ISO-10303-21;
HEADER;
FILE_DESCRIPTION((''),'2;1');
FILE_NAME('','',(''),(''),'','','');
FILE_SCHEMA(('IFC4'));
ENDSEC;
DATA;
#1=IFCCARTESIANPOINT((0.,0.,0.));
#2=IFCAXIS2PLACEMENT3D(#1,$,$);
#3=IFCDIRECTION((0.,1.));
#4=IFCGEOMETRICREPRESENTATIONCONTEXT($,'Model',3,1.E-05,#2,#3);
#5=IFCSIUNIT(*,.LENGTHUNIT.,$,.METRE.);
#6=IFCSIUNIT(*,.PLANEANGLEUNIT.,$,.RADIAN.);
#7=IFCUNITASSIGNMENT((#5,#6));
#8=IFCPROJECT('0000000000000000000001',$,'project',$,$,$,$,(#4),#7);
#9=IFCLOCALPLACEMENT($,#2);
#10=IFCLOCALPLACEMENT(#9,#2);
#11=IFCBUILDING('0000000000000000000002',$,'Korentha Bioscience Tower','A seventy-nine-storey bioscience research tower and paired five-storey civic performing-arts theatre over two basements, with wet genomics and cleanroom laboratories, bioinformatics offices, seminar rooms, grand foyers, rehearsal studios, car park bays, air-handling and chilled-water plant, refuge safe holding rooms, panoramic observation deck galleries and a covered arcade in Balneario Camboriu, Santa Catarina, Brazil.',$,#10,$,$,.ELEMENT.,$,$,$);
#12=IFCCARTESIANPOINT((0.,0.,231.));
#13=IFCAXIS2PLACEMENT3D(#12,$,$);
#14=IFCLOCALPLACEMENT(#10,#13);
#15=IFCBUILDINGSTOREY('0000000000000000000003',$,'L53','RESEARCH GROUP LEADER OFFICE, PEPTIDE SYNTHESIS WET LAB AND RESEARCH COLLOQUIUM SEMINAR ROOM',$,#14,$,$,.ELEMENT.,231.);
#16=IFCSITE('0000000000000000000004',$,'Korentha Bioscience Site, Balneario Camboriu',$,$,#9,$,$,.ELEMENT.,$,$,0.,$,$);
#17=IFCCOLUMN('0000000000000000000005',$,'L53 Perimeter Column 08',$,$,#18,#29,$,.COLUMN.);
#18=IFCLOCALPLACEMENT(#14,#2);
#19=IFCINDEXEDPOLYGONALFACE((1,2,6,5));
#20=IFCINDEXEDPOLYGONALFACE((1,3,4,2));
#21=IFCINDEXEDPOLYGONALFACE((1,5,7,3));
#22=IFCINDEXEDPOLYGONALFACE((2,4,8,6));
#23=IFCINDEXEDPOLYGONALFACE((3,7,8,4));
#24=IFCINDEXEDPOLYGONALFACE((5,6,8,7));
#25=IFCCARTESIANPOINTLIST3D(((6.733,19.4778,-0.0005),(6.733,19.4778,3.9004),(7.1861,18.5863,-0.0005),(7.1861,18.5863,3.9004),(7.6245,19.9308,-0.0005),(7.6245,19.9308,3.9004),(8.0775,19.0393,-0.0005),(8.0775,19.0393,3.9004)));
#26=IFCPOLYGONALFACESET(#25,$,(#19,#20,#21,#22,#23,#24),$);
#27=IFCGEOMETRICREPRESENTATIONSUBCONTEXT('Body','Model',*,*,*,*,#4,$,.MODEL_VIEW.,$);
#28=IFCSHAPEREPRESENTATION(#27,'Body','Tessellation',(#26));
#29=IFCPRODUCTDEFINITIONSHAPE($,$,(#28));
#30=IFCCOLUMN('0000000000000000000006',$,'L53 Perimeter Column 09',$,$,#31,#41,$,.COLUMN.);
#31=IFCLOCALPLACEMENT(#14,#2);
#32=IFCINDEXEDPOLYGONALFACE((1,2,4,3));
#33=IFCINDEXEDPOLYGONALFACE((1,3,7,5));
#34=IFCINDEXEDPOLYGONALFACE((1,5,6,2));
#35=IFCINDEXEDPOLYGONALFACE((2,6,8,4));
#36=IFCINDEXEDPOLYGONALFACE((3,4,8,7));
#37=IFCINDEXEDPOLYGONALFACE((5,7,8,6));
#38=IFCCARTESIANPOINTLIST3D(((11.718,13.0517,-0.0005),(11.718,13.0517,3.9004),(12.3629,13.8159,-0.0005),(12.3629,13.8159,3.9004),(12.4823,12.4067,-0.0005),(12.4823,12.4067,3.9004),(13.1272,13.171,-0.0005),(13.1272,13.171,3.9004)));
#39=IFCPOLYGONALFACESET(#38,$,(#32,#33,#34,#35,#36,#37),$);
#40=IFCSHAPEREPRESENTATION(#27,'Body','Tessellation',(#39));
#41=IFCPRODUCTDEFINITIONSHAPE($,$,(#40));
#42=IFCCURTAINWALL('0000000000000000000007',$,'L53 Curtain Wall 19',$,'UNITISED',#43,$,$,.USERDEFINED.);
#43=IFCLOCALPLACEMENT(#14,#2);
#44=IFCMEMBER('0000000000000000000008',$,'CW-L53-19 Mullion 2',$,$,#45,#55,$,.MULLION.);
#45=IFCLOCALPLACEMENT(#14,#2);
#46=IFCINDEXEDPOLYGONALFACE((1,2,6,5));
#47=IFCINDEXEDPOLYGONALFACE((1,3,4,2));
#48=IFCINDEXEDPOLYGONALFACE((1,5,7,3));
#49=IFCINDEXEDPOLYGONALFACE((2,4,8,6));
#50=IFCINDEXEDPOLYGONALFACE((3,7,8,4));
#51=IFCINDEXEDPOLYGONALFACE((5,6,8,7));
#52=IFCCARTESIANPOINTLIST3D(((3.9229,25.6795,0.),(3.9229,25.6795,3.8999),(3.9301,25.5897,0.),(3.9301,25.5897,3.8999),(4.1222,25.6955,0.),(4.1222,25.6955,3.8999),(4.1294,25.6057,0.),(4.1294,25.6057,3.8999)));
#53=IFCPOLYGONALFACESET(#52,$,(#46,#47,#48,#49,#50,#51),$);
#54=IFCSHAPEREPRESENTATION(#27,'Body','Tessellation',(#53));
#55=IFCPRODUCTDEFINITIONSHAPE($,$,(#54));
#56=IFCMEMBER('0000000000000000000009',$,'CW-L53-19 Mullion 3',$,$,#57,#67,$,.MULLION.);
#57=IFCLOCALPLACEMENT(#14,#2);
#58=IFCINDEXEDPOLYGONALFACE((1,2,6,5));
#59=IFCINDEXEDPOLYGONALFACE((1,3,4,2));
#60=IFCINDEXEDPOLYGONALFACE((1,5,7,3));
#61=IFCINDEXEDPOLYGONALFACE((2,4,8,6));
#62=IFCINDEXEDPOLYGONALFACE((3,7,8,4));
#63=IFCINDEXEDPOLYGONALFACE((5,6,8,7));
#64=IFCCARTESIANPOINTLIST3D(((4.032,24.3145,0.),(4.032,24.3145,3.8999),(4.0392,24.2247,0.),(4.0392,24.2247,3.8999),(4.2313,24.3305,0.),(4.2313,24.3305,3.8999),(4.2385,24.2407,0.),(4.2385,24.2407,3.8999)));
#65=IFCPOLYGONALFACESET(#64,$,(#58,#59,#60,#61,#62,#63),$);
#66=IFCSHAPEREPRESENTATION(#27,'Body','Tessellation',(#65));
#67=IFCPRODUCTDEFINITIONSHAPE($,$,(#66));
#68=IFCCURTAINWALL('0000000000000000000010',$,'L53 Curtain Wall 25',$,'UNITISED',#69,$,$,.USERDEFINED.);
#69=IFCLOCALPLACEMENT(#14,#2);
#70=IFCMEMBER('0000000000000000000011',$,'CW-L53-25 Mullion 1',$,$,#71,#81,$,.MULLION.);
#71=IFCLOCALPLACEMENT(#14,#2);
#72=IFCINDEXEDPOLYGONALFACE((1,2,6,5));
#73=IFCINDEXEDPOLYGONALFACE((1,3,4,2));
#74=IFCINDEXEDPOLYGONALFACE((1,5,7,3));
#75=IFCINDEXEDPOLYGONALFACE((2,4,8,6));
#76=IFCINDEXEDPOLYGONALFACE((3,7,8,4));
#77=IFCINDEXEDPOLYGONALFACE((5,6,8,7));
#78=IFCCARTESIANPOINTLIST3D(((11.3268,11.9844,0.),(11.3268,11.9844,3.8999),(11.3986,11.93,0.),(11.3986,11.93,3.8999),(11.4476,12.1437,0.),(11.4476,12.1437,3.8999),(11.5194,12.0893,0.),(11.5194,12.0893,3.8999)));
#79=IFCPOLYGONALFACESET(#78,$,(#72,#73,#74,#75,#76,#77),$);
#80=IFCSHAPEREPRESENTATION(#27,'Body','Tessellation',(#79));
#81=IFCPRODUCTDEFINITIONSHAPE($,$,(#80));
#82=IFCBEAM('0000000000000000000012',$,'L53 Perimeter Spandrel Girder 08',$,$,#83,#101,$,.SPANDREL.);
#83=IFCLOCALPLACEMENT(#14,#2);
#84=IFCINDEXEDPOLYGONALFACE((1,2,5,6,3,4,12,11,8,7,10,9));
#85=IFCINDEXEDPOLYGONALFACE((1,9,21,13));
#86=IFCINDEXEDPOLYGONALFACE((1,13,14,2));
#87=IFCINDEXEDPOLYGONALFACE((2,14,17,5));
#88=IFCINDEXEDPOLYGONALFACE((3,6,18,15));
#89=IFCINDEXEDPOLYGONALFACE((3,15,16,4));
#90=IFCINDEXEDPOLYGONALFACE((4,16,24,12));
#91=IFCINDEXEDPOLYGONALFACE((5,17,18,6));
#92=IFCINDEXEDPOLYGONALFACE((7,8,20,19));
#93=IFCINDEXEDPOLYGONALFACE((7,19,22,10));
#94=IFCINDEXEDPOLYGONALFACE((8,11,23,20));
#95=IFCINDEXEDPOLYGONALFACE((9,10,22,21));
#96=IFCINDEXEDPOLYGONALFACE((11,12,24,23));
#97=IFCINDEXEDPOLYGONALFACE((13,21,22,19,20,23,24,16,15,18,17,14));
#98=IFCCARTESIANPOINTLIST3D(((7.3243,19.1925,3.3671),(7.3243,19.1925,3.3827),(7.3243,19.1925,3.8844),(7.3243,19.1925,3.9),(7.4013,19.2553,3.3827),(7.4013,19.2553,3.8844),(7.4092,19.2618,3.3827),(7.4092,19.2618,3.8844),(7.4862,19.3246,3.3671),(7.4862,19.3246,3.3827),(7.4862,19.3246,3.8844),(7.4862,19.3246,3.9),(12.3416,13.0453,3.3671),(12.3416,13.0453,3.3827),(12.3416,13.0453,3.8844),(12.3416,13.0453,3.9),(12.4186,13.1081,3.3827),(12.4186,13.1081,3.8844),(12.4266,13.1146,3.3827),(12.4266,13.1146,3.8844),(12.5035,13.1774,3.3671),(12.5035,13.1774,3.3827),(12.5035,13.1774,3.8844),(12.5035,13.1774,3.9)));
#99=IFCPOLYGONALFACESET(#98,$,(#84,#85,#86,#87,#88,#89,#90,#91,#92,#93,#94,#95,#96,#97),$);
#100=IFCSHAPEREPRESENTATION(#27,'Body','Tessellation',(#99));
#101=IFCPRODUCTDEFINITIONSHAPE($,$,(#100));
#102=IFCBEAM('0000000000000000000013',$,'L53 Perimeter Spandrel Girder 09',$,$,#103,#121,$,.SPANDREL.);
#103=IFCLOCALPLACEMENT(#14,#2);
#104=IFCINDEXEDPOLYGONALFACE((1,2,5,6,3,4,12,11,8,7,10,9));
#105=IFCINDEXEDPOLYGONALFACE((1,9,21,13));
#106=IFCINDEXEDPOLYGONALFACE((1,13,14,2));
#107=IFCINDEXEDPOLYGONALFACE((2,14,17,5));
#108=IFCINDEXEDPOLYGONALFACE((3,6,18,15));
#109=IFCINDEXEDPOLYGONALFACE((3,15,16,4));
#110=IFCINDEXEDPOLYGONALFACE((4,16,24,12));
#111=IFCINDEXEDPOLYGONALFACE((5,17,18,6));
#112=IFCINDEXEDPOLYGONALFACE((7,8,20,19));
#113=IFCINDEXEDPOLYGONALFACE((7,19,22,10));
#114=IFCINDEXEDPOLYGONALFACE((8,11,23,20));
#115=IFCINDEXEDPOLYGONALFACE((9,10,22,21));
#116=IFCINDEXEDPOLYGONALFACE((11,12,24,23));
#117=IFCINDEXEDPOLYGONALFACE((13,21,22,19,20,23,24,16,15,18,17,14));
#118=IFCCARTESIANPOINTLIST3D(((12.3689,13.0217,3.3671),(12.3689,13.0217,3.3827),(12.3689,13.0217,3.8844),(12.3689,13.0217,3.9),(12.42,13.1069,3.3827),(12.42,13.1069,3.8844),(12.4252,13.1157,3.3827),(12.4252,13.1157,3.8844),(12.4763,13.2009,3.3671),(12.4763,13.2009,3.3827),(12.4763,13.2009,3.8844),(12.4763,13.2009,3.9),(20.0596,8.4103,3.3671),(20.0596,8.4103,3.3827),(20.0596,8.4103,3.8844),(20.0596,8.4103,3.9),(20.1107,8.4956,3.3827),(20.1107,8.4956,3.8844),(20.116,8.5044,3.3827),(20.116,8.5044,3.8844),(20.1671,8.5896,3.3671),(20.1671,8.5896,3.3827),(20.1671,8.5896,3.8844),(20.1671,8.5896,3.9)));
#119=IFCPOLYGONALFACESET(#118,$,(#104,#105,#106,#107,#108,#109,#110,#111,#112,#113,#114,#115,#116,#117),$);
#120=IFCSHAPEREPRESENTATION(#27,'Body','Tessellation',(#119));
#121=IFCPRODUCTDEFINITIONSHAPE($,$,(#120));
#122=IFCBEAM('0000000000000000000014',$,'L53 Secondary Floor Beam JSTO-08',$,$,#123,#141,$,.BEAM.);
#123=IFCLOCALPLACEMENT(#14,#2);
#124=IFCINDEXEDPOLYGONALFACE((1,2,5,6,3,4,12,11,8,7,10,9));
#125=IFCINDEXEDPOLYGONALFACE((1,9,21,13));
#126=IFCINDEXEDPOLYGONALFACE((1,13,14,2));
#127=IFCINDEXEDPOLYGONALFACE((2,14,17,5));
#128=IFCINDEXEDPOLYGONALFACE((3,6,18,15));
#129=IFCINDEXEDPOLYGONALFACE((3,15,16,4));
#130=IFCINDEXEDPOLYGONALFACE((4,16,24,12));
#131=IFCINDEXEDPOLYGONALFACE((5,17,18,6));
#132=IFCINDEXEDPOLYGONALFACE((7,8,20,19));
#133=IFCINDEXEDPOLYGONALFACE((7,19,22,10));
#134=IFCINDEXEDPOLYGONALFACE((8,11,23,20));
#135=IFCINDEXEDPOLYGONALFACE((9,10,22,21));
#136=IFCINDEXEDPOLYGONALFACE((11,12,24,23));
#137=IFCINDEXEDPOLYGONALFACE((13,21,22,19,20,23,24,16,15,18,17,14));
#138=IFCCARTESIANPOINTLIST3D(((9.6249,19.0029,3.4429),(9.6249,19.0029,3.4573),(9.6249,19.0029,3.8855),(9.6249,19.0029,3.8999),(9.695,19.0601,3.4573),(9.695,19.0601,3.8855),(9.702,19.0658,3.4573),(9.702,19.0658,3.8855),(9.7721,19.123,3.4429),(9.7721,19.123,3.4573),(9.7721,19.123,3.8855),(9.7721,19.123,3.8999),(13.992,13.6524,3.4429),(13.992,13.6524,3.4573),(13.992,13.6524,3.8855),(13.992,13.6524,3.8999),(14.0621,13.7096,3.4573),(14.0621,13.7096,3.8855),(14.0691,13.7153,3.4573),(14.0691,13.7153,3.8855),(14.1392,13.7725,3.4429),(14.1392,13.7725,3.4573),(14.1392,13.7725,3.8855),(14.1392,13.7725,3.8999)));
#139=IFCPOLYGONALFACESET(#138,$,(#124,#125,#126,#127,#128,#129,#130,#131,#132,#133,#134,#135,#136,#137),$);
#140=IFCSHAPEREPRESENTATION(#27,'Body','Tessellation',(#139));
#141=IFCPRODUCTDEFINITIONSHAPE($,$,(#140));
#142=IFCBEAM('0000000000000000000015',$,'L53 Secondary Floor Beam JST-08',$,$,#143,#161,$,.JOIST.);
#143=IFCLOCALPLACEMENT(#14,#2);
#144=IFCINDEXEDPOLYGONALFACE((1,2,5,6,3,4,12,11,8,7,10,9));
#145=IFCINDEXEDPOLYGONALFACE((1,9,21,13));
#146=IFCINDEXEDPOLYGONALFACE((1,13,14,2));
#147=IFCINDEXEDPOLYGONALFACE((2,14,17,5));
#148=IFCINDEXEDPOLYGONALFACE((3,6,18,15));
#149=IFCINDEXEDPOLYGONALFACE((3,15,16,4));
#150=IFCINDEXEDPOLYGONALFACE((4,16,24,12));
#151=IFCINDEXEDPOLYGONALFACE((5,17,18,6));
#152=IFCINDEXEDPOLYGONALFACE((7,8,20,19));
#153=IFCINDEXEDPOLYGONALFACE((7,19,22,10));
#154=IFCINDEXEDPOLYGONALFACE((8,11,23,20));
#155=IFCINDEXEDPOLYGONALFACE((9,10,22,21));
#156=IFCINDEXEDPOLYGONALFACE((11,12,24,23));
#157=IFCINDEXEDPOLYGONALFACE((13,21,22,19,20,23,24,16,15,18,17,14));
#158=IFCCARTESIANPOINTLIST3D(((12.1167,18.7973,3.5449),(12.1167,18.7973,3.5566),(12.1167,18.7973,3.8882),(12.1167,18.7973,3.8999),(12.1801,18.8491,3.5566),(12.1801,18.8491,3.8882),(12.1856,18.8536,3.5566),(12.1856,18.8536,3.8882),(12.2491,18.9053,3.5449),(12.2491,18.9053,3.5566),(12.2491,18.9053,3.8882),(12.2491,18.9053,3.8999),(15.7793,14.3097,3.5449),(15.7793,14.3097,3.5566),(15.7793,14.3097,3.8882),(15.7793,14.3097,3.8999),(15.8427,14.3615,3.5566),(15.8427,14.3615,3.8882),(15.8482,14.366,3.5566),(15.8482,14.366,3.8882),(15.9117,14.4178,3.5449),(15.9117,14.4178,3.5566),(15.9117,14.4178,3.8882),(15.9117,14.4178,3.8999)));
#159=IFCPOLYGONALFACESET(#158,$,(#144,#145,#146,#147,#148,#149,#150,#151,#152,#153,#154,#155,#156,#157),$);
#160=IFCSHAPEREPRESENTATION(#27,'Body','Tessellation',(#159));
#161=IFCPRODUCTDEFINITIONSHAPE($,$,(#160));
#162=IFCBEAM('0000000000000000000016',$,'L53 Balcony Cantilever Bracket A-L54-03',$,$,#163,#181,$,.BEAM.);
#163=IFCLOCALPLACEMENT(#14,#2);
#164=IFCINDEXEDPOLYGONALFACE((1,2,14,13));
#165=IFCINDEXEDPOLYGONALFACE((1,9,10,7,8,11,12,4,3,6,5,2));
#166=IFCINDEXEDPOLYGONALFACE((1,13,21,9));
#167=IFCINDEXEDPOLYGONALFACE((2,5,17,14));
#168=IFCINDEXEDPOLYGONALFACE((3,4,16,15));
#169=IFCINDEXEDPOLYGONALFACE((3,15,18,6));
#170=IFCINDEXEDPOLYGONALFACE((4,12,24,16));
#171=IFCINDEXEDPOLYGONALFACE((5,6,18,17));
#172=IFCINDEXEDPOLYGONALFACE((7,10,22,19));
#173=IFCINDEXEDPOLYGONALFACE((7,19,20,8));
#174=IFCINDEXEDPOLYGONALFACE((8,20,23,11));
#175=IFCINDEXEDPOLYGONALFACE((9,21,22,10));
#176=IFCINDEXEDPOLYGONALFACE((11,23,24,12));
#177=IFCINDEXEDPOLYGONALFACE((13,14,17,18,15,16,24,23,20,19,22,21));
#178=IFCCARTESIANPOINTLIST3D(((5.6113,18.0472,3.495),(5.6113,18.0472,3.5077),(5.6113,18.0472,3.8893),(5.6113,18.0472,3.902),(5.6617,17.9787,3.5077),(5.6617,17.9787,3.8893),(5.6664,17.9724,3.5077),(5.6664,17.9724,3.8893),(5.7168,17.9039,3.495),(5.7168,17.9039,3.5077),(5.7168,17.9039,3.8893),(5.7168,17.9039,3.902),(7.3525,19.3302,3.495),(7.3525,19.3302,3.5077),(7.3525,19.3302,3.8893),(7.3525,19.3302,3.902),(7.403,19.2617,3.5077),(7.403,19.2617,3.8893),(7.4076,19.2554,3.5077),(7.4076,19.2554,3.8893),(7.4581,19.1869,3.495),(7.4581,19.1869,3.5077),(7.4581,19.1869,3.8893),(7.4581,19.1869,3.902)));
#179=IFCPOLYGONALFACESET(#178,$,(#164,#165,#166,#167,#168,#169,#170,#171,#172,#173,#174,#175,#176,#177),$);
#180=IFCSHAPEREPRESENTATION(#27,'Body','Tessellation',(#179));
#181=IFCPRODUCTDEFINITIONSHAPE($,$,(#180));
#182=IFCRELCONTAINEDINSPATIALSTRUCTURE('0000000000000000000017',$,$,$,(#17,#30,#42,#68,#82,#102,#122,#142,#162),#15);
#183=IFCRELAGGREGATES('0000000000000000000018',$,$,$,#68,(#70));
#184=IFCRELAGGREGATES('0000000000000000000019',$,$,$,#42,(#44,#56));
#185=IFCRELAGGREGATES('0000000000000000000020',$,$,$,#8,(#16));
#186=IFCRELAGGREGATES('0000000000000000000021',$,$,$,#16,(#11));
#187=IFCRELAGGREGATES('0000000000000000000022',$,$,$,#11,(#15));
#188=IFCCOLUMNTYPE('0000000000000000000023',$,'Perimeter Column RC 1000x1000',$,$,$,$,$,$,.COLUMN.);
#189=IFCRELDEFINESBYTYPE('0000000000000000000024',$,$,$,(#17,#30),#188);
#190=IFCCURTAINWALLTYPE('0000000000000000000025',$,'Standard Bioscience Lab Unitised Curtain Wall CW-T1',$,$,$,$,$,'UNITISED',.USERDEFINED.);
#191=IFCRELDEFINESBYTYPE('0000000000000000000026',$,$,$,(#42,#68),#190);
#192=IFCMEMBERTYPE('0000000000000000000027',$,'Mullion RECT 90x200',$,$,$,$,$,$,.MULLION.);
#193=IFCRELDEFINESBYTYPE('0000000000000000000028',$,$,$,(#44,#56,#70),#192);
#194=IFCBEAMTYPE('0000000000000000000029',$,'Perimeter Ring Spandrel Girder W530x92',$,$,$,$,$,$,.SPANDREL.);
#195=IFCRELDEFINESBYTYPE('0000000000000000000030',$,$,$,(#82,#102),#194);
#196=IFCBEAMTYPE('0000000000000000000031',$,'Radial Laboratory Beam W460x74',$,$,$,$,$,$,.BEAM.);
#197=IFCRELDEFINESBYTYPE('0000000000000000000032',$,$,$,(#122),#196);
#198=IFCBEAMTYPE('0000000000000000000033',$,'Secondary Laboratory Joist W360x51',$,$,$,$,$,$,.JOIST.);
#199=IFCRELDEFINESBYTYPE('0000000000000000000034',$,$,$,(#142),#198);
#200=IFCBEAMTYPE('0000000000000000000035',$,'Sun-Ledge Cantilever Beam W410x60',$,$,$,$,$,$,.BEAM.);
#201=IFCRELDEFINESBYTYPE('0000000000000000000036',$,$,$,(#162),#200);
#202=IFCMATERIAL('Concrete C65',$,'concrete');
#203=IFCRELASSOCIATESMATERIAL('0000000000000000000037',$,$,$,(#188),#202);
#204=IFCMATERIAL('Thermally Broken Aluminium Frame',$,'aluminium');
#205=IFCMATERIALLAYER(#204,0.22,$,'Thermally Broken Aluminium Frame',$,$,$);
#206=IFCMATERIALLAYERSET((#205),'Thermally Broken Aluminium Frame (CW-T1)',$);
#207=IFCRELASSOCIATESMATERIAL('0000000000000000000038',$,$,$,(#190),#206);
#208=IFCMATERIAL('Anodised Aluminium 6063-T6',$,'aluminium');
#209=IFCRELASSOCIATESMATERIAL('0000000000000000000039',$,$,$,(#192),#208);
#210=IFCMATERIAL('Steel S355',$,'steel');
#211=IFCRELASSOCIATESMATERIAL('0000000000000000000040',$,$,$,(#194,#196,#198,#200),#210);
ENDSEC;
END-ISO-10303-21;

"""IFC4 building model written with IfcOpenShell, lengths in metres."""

from ifc_helpers import new_model, si_unit, direction, frame, origin, origin_2d, place, context, subcontext, project, spatial, rectangle, i_section, extrude, material, layer, layer_set, material_profile, profile_set, type_object, element, aggregate, save


model = new_model("IFC4")

# Units and contexts
model_context = context("Model", 3, precision=1e-05, world=origin(), true_north=direction((0.0, 1.0)))
body_context = subcontext(model_context, "Body", "Model", "MODEL_VIEW")
ifc_project = project(units=[si_unit("LENGTHUNIT", "METRE"), si_unit("PLANEANGLEUNIT", "RADIAN")], contexts=[model_context])

# Site, building, storey
site_placement = place(None, origin())
site = spatial("IfcSite", under=ifc_project, at=site_placement, Name="Korentha Bioscience Site, Balneario Camboriu", CompositionType="ELEMENT", RefElevation=0.0)
building_placement = place(site_placement, origin())
building = spatial("IfcBuilding", under=site, at=building_placement, Name="Korentha Bioscience Tower", Description="A seventy-nine-storey bioscience research tower and paired five-storey civic performing-arts theatre over two basements, with wet genomics and cleanroom laboratories, bioinformatics offices, seminar rooms, grand foyers, rehearsal studios, car park bays, air-handling and chilled-water plant, refuge safe holding rooms, panoramic observation deck galleries and a covered arcade in Balneario Camboriu, Santa Catarina, Brazil.", CompositionType="ELEMENT")
storey_placement = place(building_placement, frame((0.0, 0.0, 231.0)))
storey = spatial("IfcBuildingStorey", under=building, at=storey_placement, Name="L53", Description="RESEARCH GROUP LEADER OFFICE, PEPTIDE SYNTHESIS WET LAB AND RESEARCH COLLOQUIUM SEMINAR ROOM", CompositionType="ELEMENT", Elevation=231.0)

# Columns
ifc_material_1 = material(Name="Concrete C65", Category="concrete")
ifc_material_profile_1 = material_profile(ifc_material_1, rectangle(XDim=1.0, YDim=1.0, at=origin_2d()), Name="Concrete C65")
ifc_profile_set_1 = profile_set([ifc_material_profile_1], Name="Concrete C65 (COL-P10)")
column_type = type_object("IfcColumnType", Name="Perimeter Column RC 1000x1000", PredefinedType="COLUMN", material=ifc_profile_set_1)
for number, where, z_axis, x_axis, name in (
    (1, (7.4053, 19.2585, -0.0005), (0.0, 0.0, 1.0), (-0.453057, 0.891481, 0.0), "L53 Perimeter Column 08"),
    (2, (12.4226, 13.1113, -0.0005), (0.0, 0.0, 1.0), (-0.764246, 0.644924, 0.0), "L53 Perimeter Column 09"),
):
    element("IfcColumn", number, at=place(storey_placement, frame(where, z_axis=z_axis, x_axis=x_axis)), inside=storey, type_object=column_type, Name=name, PredefinedType="COLUMN", context=body_context, shape_type="SweptSolid", body=[
        extrude(rectangle(XDim=1.0, YDim=1.0, at=origin_2d()), origin(), (0.0, 0.0, 1.0), 3.9009),
    ])

# Curtain wall, members
ifc_material_2 = material(Name="Thermally Broken Aluminium Frame", Category="aluminium")
ifc_layer_1 = layer(ifc_material_2, 0.22, Name="Thermally Broken Aluminium Frame")
ifc_layer_set_1 = layer_set([ifc_layer_1], Name="Thermally Broken Aluminium Frame (CW-T1)")
curtain_wall_type = type_object("IfcCurtainWallType", Name="Standard Bioscience Lab Unitised Curtain Wall CW-T1", ElementType="UNITISED", PredefinedType="USERDEFINED", material=ifc_layer_set_1)
curtain_wall_1_placement = place(storey_placement, origin())
curtain_wall_1 = element("IfcCurtainWall", 3, at=curtain_wall_1_placement, inside=storey, type_object=curtain_wall_type, Name="L53 Curtain Wall 19", ObjectType="UNITISED", PredefinedType="USERDEFINED")
ifc_material_3 = material(Name="Anodised Aluminium 6063-T6", Category="aluminium")
ifc_material_profile_2 = material_profile(ifc_material_3, rectangle(XDim=0.0901, YDim=0.2, at=origin_2d()), Name="Anodised Aluminium 6063-T6")
ifc_profile_set_2 = profile_set([ifc_material_profile_2], Name="Anodised Aluminium 6063-T6 (CW-MUL)")
member_type_1 = type_object("IfcMemberType", Name="Mullion RECT 90x200", PredefinedType="MULLION", material=ifc_profile_set_2)
member_1_placement = place(storey_placement, frame((4.0261, 25.6426, 0.0), z_axis=(0.0, 0.0, 1.0), x_axis=(0.079748, -0.996815, 0.0)))
member_1 = element("IfcMember", 4, at=member_1_placement, type_object=member_type_1, Name="CW-L53-19 Mullion 2", PredefinedType="MULLION", context=body_context, shape_type="SweptSolid", body=[
    extrude(rectangle(XDim=0.0901, YDim=0.2, at=origin_2d()), origin(), (0.0, 0.0, 1.0), 3.8999),
])
member_2_placement = place(storey_placement, frame((4.1353, 24.2776, 0.0), z_axis=(0.0, 0.0, 1.0), x_axis=(0.079748, -0.996815, 0.0)))
member_2 = element("IfcMember", 5, at=member_2_placement, type_object=member_type_1, Name="CW-L53-19 Mullion 3", PredefinedType="MULLION", context=body_context, shape_type="SweptSolid", body=[
    extrude(rectangle(XDim=0.0901, YDim=0.2, at=origin_2d()), origin(), (0.0, 0.0, 1.0), 3.8999),
])

# Curtain wall, member
curtain_wall_2_placement = place(storey_placement, origin())
curtain_wall_2 = element("IfcCurtainWall", 6, at=curtain_wall_2_placement, inside=storey, type_object=curtain_wall_type, Name="L53 Curtain Wall 25", ObjectType="UNITISED", PredefinedType="USERDEFINED")
member_3_placement = place(storey_placement, frame((11.4231, 12.0369, 0.0), z_axis=(0.0, 0.0, 1.0), x_axis=(0.796889, -0.604126, 0.0)))
member_3 = element("IfcMember", 7, at=member_3_placement, type_object=member_type_1, Name="CW-L53-25 Mullion 1", PredefinedType="MULLION", context=body_context, shape_type="SweptSolid", body=[
    extrude(rectangle(XDim=0.0901, YDim=0.2, at=origin_2d()), origin(), (0.0, 0.0, 1.0), 3.8999),
])

# Beams
ifc_material_4 = material(Name="Steel S355", Category="steel")
ifc_material_profile_3 = material_profile(ifc_material_4, i_section(OverallWidth=0.209, OverallDepth=0.533, WebThickness=0.0103, FlangeThickness=0.0156, at=origin_2d()), Name="Steel S355")
ifc_profile_set_3 = profile_set([ifc_material_profile_3], Name="Steel S355 (SB-530)")
beam_type_1 = type_object("IfcBeamType", Name="Perimeter Ring Spandrel Girder W530x92", PredefinedType="SPANDREL", material=ifc_profile_set_3)
beam_1_placement = place(storey_placement, frame((7.4053, 19.2585, 3.6335), z_axis=(0.632316, -0.774711, 0.0), x_axis=(0.774711, 0.632316, 0.0)))
element("IfcBeam", 8, at=beam_1_placement, inside=storey, type_object=beam_type_1, Name="L53 Perimeter Spandrel Girder 08", PredefinedType="SPANDREL", context=body_context, shape_type="SweptSolid", body=[
    extrude(i_section(OverallWidth=0.209, OverallDepth=0.533, WebThickness=0.0103, FlangeThickness=0.0156, at=origin_2d()), origin(), (0.0, 0.0, 1.0), 7.9348),
])
beam_2_placement = place(storey_placement, frame((12.4226, 13.1113, 3.6335), z_axis=(0.857644, -0.514243, 0.0), x_axis=(0.514243, 0.857644, 0.0)))
element("IfcBeam", 9, at=beam_2_placement, inside=storey, type_object=beam_type_1, Name="L53 Perimeter Spandrel Girder 09", PredefinedType="SPANDREL", context=body_context, shape_type="SweptSolid", body=[
    extrude(i_section(OverallWidth=0.209, OverallDepth=0.533, WebThickness=0.0103, FlangeThickness=0.0156, at=origin_2d()), origin(), (0.0, 0.0, 1.0), 8.9673),
])
ifc_material_profile_4 = material_profile(ifc_material_4, i_section(OverallWidth=0.1899, OverallDepth=0.457, WebThickness=0.009, FlangeThickness=0.0144, at=origin_2d()), Name="Steel S355")
ifc_profile_set_4 = profile_set([ifc_material_profile_4], Name="Steel S355 (RB-460)")
beam_type_2 = type_object("IfcBeamType", Name="Radial Laboratory Beam W460x74", PredefinedType="BEAM", material=ifc_profile_set_4)
beam_3_placement = place(storey_placement, frame((9.6985, 19.063, 3.6714), z_axis=(0.632321, -0.774706, 0.0), x_axis=(0.774706, 0.632321, 0.0)))
element("IfcBeam", 10, at=beam_3_placement, inside=storey, type_object=beam_type_2, Name="L53 Secondary Floor Beam JSTO-08", PredefinedType="BEAM", context=body_context, shape_type="SweptSolid", body=[
    extrude(i_section(OverallWidth=0.1899, OverallDepth=0.457, WebThickness=0.009, FlangeThickness=0.0144, at=origin_2d()), origin(), (0.0, 0.0, 1.0), 6.9065),
])
ifc_material_profile_5 = material_profile(ifc_material_4, i_section(OverallWidth=0.1709, OverallDepth=0.355, WebThickness=0.0071, FlangeThickness=0.0117, at=origin_2d()), Name="Steel S355")
ifc_profile_set_5 = profile_set([ifc_material_profile_5], Name="Steel S355 (JB-360)")
beam_type_3 = type_object("IfcBeamType", Name="Secondary Laboratory Joist W360x51", PredefinedType="JOIST", material=ifc_profile_set_5)
beam_4_placement = place(storey_placement, frame((12.1829, 18.8513, 3.7224), z_axis=(0.632303, -0.774721, 0.0), x_axis=(0.774721, 0.632303, 0.0)))
element("IfcBeam", 11, at=beam_4_placement, inside=storey, type_object=beam_type_3, Name="L53 Secondary Floor Beam JST-08", PredefinedType="JOIST", context=body_context, shape_type="SweptSolid", body=[
    extrude(i_section(OverallWidth=0.1709, OverallDepth=0.355, WebThickness=0.0071, FlangeThickness=0.0117, at=origin_2d()), origin(), (0.0, 0.0, 1.0), 5.7925),
])
ifc_material_profile_6 = material_profile(ifc_material_4, i_section(OverallWidth=0.178, OverallDepth=0.407, WebThickness=0.0078, FlangeThickness=0.0127, at=origin_2d()), Name="Steel S355")
ifc_profile_set_6 = profile_set([ifc_material_profile_6], Name="Steel S355 (CB-410)")
beam_type_4 = type_object("IfcBeamType", Name="Sun-Ledge Cantilever Beam W410x60", PredefinedType="BEAM", material=ifc_profile_set_6)
beam_5_placement = place(storey_placement, frame((7.4053, 19.2585, 3.6985), z_axis=(-0.805064, -0.593187, 0.0), x_axis=(0.593187, -0.805064, 0.0)))
element("IfcBeam", 12, at=beam_5_placement, inside=storey, type_object=beam_type_4, Name="L53 Balcony Cantilever Bracket A-L54-03", PredefinedType="BEAM", context=body_context, shape_type="SweptSolid", body=[
    extrude(i_section(OverallWidth=0.178, OverallDepth=0.407, WebThickness=0.0078, FlangeThickness=0.0127, at=origin_2d()), origin(), (0.0, 0.0, 1.0), 2.1628),
])

aggregate(curtain_wall_2, [member_3])

aggregate(curtain_wall_1, [member_1, member_2])

save(model, "model.ifc")
